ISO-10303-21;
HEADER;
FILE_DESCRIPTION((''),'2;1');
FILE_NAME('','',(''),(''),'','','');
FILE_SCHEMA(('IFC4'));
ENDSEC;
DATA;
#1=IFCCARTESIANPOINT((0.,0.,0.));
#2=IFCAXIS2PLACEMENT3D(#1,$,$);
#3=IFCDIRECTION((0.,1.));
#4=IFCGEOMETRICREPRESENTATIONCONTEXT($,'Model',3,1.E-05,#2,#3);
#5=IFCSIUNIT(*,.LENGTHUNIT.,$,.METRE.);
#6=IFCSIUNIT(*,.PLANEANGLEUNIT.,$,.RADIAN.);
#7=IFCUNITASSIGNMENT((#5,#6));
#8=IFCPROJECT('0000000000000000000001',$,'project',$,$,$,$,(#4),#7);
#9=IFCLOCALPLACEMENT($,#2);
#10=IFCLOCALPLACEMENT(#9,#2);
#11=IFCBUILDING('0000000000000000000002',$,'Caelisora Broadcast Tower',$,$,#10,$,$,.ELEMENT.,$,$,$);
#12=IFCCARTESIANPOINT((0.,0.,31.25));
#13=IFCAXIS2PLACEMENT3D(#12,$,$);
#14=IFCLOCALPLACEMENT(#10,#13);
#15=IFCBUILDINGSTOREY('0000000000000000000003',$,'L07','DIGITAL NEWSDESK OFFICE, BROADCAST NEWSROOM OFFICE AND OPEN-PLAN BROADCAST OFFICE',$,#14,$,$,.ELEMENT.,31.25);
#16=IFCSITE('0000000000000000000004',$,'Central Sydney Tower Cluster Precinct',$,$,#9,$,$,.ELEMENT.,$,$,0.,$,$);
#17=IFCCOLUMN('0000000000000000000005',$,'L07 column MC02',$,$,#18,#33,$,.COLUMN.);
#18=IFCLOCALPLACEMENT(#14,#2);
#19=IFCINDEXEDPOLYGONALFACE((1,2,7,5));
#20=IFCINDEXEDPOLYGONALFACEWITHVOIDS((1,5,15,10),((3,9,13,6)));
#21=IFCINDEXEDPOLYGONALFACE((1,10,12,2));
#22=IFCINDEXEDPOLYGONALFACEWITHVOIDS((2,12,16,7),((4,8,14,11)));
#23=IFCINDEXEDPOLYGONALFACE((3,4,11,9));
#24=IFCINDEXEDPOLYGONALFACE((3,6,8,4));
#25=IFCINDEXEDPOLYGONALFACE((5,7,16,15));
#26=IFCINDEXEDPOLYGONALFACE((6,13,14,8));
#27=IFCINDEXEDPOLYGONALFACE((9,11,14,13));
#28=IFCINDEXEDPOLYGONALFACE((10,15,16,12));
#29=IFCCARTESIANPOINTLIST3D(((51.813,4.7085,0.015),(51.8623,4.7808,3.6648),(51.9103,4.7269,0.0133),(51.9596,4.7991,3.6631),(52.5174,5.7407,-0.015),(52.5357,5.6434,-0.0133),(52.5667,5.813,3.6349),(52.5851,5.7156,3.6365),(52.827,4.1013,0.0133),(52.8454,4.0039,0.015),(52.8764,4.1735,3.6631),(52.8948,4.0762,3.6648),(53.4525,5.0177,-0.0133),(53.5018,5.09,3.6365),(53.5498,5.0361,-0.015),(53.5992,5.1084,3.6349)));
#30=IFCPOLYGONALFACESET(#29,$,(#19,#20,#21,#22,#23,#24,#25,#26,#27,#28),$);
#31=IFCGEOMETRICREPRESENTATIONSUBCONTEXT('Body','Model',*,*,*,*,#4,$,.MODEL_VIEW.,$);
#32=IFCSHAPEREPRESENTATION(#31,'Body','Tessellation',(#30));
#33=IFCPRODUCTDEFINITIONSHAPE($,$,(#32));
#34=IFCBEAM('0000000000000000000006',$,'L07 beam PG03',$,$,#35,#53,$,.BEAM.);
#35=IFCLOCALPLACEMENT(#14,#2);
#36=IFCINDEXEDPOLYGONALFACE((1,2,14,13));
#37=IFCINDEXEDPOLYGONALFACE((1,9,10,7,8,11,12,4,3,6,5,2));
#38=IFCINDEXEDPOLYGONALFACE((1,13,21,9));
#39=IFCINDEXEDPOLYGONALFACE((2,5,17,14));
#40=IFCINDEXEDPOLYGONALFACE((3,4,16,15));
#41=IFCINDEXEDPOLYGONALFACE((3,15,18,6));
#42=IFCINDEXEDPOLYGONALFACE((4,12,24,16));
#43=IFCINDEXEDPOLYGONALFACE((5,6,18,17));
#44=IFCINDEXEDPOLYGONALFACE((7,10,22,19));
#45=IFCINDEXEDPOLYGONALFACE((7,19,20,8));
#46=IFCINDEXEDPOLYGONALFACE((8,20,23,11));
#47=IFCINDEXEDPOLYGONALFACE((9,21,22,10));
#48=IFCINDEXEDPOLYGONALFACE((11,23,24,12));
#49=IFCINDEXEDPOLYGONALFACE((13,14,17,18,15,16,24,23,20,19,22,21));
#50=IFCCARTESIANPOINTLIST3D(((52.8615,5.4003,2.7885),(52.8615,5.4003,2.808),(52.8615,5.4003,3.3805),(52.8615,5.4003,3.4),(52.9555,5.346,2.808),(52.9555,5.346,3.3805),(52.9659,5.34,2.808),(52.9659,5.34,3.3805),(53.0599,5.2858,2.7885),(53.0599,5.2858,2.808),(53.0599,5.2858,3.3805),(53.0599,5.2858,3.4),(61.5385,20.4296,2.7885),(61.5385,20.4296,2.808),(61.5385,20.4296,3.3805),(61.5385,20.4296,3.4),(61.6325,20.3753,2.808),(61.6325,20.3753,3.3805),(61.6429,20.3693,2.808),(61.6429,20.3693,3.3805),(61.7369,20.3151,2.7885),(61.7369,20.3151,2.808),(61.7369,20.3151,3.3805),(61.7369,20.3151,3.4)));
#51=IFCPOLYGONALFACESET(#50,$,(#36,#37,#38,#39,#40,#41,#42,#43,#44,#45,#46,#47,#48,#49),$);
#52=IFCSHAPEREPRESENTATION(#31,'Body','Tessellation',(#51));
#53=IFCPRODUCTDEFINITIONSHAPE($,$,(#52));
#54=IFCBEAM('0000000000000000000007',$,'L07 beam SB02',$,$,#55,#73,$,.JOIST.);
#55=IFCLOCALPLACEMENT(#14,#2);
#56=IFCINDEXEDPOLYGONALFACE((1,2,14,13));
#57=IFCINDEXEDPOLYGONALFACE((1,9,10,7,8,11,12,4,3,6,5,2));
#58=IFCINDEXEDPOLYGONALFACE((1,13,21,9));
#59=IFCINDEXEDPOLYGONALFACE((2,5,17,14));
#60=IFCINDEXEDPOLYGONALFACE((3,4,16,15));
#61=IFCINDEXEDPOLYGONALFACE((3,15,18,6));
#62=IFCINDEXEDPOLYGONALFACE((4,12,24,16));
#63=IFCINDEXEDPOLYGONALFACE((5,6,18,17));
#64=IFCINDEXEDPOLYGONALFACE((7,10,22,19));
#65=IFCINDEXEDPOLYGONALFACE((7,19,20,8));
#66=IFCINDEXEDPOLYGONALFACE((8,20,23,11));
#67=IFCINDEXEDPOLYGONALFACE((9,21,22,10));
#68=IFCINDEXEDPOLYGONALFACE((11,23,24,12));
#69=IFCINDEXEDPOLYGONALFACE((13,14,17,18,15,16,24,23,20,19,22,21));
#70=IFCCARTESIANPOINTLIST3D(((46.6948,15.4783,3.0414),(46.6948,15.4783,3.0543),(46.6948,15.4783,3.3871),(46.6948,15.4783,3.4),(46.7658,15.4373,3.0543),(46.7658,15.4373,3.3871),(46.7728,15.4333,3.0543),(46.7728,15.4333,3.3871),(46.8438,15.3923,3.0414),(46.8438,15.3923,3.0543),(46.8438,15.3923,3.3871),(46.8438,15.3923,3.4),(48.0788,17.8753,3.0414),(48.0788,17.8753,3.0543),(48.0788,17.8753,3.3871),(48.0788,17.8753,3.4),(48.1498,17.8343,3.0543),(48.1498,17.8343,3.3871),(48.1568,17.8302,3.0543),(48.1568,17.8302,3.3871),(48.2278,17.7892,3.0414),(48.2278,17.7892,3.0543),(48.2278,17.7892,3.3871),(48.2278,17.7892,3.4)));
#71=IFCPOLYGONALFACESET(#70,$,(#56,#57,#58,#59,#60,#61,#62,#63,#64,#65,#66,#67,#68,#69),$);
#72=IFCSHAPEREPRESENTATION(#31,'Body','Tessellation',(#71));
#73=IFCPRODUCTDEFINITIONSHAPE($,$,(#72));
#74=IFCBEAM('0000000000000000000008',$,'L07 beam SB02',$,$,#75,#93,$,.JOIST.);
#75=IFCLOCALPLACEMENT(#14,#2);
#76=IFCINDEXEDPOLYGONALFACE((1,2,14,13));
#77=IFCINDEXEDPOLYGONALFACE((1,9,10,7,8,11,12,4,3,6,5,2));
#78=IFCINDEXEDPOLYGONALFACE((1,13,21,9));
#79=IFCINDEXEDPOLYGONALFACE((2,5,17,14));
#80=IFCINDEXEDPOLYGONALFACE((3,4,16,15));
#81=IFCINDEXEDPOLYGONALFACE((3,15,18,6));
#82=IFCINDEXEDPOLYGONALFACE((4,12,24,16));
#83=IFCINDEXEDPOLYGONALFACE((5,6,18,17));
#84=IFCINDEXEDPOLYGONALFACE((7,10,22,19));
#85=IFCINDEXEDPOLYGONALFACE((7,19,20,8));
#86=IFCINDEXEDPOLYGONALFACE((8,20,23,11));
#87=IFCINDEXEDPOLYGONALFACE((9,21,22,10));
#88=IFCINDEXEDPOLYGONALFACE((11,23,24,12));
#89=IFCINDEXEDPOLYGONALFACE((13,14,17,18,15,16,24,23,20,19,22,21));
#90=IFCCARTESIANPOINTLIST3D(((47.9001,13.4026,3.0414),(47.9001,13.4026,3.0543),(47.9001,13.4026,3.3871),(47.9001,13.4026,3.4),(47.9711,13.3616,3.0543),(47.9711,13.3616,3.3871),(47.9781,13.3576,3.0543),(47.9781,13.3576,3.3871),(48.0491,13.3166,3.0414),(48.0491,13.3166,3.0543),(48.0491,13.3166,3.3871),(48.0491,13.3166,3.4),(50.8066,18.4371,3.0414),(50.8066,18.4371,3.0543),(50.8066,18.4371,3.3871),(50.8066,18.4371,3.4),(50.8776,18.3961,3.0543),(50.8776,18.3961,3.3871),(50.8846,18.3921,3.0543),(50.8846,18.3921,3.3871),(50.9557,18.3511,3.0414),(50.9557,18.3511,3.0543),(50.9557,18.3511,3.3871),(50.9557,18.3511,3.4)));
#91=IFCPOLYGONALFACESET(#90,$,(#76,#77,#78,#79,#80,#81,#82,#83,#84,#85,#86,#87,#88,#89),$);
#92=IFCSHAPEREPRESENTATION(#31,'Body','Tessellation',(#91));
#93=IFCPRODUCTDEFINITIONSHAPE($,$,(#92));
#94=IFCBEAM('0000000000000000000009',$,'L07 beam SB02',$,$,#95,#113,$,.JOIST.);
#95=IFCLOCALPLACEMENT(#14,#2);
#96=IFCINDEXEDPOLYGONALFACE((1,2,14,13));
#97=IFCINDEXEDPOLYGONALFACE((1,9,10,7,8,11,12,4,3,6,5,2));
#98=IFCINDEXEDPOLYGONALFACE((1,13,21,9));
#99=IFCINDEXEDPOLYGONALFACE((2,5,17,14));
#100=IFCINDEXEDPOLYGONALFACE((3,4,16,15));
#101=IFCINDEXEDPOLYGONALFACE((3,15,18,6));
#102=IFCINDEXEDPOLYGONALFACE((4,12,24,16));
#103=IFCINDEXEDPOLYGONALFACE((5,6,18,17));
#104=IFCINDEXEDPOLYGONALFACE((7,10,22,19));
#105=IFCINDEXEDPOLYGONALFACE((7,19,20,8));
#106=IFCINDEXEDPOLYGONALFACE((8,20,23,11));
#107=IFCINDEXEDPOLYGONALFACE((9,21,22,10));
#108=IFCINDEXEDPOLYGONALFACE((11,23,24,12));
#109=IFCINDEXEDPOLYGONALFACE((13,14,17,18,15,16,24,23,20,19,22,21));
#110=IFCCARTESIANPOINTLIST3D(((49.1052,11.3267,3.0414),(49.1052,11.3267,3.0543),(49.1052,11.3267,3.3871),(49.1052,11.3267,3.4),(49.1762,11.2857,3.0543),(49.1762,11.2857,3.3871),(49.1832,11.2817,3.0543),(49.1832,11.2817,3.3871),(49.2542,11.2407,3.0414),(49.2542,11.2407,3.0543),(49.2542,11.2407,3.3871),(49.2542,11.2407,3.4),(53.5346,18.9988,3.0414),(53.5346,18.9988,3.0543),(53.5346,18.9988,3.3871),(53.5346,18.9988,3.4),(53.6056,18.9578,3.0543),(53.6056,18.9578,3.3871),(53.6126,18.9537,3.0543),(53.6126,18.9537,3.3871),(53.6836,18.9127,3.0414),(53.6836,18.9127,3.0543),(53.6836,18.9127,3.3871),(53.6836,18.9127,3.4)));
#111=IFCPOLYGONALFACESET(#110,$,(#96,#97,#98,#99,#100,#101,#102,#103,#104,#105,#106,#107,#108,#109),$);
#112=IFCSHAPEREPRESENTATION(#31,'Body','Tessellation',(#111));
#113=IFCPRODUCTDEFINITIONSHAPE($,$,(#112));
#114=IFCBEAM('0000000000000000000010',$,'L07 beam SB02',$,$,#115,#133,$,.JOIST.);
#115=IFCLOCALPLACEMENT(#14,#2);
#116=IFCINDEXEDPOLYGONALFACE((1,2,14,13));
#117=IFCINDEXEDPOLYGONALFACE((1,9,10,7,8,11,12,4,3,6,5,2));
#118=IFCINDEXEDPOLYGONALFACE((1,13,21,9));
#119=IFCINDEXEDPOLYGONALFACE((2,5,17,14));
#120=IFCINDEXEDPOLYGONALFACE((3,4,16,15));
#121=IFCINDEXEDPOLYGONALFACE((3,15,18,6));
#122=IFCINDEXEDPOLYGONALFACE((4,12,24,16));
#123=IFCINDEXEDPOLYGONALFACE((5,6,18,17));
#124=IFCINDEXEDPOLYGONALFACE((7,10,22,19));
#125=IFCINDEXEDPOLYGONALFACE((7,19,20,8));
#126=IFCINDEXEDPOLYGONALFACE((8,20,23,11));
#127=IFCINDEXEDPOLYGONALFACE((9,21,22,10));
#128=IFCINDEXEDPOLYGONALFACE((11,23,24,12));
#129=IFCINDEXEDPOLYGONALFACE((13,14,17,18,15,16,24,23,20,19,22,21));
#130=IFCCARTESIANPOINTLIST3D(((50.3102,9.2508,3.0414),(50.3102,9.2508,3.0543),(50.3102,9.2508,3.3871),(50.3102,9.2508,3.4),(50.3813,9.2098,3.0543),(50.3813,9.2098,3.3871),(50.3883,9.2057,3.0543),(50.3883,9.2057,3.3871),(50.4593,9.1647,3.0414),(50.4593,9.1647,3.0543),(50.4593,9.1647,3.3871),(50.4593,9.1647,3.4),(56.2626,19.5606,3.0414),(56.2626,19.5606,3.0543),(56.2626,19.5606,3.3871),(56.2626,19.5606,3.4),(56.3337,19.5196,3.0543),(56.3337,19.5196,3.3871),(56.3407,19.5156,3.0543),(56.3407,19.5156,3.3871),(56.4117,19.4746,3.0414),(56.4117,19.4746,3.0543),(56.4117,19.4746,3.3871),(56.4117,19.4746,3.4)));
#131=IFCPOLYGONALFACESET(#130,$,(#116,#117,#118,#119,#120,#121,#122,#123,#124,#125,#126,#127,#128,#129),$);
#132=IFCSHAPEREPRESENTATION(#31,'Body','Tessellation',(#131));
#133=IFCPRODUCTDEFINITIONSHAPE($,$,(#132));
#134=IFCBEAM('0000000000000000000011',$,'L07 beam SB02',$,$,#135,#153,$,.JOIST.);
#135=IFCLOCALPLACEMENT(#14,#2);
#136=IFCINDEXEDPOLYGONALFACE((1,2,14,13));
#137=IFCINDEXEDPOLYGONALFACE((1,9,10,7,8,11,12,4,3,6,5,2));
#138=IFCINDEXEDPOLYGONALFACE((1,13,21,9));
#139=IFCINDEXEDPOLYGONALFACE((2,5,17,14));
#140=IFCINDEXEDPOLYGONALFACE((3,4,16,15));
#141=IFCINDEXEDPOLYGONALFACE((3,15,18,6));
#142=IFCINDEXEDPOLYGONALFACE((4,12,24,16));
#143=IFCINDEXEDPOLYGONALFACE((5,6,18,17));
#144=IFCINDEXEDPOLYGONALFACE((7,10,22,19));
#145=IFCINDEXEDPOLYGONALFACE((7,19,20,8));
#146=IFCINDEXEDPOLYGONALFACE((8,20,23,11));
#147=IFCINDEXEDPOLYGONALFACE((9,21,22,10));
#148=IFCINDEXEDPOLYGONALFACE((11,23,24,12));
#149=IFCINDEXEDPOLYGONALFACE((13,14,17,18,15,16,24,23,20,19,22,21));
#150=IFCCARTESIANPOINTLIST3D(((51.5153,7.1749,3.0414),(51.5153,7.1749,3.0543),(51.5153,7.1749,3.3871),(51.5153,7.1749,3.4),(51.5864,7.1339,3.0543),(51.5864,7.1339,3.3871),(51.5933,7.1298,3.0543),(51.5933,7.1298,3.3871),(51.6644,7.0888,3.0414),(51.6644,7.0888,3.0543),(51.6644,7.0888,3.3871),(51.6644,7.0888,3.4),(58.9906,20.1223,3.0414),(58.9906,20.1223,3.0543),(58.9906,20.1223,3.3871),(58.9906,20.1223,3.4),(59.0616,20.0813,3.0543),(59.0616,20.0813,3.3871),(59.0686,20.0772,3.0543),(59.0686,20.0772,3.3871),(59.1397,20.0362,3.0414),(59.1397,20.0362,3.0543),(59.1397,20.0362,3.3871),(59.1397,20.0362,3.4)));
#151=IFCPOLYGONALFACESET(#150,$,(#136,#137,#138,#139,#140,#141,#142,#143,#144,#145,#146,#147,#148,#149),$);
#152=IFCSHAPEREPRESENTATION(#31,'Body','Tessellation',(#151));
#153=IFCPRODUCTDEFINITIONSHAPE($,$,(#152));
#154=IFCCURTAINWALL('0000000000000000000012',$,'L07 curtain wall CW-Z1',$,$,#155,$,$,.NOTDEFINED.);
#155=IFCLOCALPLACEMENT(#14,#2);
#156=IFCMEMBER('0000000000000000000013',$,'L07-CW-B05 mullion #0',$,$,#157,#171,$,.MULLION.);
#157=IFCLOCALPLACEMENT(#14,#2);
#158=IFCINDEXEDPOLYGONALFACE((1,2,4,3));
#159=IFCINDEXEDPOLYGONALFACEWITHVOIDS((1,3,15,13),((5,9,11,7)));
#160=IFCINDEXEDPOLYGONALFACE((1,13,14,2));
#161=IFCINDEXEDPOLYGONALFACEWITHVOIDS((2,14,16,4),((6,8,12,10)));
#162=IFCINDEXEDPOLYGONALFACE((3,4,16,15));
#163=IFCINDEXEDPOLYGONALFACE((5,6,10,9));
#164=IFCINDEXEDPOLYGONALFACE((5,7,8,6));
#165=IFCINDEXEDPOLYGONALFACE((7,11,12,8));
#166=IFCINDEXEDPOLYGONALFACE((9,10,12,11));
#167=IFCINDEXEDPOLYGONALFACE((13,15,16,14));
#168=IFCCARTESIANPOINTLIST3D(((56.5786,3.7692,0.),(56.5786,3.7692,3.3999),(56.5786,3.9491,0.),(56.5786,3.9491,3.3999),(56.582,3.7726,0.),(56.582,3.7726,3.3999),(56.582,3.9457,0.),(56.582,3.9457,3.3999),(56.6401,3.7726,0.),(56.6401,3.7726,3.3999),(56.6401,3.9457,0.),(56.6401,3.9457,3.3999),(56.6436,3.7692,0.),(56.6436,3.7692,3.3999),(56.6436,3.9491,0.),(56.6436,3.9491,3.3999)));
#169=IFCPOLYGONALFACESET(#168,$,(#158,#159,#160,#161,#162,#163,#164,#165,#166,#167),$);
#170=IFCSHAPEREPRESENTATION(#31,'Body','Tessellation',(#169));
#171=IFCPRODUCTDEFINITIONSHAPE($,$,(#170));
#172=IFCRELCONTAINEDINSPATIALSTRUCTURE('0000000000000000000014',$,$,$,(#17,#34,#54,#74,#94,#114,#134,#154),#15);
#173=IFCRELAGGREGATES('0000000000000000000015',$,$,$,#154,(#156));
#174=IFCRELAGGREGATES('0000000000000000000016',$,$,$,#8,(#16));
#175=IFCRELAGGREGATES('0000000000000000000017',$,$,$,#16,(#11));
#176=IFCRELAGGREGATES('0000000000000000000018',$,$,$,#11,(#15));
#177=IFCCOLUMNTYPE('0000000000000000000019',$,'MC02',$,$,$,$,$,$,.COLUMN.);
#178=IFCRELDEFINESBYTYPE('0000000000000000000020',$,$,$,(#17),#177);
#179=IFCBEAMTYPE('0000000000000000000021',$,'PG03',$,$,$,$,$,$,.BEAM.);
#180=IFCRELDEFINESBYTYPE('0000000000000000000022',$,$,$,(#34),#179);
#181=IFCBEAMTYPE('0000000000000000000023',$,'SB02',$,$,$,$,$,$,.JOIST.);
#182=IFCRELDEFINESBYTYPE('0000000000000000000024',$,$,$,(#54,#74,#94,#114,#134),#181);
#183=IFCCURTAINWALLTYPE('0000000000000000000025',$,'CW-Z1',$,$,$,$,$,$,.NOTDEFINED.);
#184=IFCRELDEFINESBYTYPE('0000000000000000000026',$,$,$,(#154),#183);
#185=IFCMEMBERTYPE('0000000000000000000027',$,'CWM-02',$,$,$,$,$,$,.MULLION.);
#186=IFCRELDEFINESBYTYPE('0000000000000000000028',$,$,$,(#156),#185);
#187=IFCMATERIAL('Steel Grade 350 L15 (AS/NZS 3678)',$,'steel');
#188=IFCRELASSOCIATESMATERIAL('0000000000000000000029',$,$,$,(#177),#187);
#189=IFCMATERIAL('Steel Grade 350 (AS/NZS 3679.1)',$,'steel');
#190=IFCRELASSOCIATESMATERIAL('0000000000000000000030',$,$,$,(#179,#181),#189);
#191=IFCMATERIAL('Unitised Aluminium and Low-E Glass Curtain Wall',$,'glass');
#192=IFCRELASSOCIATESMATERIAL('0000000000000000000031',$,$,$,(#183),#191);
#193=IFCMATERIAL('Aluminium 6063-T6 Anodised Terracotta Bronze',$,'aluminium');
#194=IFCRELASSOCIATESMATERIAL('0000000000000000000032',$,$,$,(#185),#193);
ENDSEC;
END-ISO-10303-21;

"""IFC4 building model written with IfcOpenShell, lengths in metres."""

from ifc_helpers import new_model, si_unit, direction, frame, origin, origin_2d, place, context, subcontext, project, spatial, hollow_rectangle, i_section, extrude, source, transform, mapped, material, material_profile, profile_set, type_object, type_shapes, element, aggregate, save


model = new_model("IFC4")

# Units and contexts
model_context = context("Model", 3, precision=1e-05, world=origin(), true_north=direction((0.0, 1.0)))
body_context = subcontext(model_context, "Body", "Model", "MODEL_VIEW")
ifc_project = project(units=[si_unit("LENGTHUNIT", "METRE"), si_unit("PLANEANGLEUNIT", "RADIAN")], contexts=[model_context])

# Site, building, storey
site_placement = place(None, origin())
site = spatial("IfcSite", under=ifc_project, at=site_placement, Name="Central Sydney Tower Cluster Precinct", CompositionType="ELEMENT", RefElevation=0.0)
building_placement = place(site_placement, origin())
building = spatial("IfcBuilding", under=site, at=building_placement, Name="Caelisora Broadcast Tower", CompositionType="ELEMENT")
storey_placement = place(building_placement, frame((0.0, 0.0, 31.25)))
storey = spatial("IfcBuildingStorey", under=building, at=storey_placement, Name="L07", Description="DIGITAL NEWSDESK OFFICE, BROADCAST NEWSROOM OFFICE AND OPEN-PLAN BROADCAST OFFICE", CompositionType="ELEMENT", Elevation=31.25)

# Column
ifc_material_1 = material(Name="Steel Grade 350 L15 (AS/NZS 3678)", Category="steel")
ifc_material_profile_1 = material_profile(ifc_material_1, hollow_rectangle(XDim=1.25, YDim=1.25, WallThickness=0.0701, at=origin_2d()), Name="Steel Grade 350 L15 (AS/NZS 3678)")
ifc_profile_set_1 = profile_set([ifc_material_profile_1], Name="Steel Grade 350 L15 (AS/NZS 3678)")
column_type = type_object("IfcColumnType", Name="MC02", PredefinedType="COLUMN", material=ifc_profile_set_1)
shared_shape_1 = source(origin(), body_context, "Body", "SweptSolid", [
    extrude(hollow_rectangle(XDim=1.25, YDim=1.25, WallThickness=0.0701, at=origin_2d()), origin(), (0.0, 0.0, 1.0), 3.6509),
])
type_shapes(column_type, [shared_shape_1])
column_placement = place(storey_placement, frame((52.6814, 4.8723, 0.0), z_axis=(0.013508, 0.019794, 0.999713), x_axis=(-0.825991, 0.563683, 0.0)))
element("IfcColumn", 1, at=column_placement, inside=storey, type_object=column_type, Name="L07 column MC02", PredefinedType="COLUMN", context=body_context, shape_type="MappedRepresentation", body=[
    mapped(shared_shape_1, transform((0.0, 0.0, 0.0), scale=1.0)),
])

# Beams
ifc_material_2 = material(Name="Steel Grade 350 (AS/NZS 3679.1)", Category="steel")
ifc_material_profile_2 = material_profile(ifc_material_2, i_section(OverallWidth=0.229, OverallDepth=0.6116, WebThickness=0.012, FlangeThickness=0.0195, at=origin_2d()), Name="Steel Grade 350 (AS/NZS 3679.1)")
ifc_profile_set_2 = profile_set([ifc_material_profile_2], Name="Steel Grade 350 (AS/NZS 3679.1)")
beam_type_1 = type_object("IfcBeamType", Name="PG03", PredefinedType="BEAM", material=ifc_profile_set_2)
shared_shape_2 = source(origin(), body_context, "Body", "SweptSolid", [
    extrude(i_section(OverallWidth=0.229, OverallDepth=0.6116, WebThickness=0.012, FlangeThickness=0.0195, at=origin_2d()), origin(), (0.0, 0.0, 1.0), 17.3542),
])
type_shapes(beam_type_1, [shared_shape_2])
beam_1_placement = place(storey_placement, frame((52.9607, 5.343, 3.0942), z_axis=(0.499993, 0.86603, 0.0), x_axis=(-0.86603, 0.499993, 0.0)))
element("IfcBeam", 2, at=beam_1_placement, inside=storey, type_object=beam_type_1, Name="L07 beam PG03", PredefinedType="BEAM", context=body_context, shape_type="MappedRepresentation", body=[
    mapped(shared_shape_2, transform((0.0, 0.0, 0.0), scale=1.0)),
])
ifc_material_profile_3 = material_profile(ifc_material_2, i_section(OverallWidth=0.1721, OverallDepth=0.3586, WebThickness=0.0081, FlangeThickness=0.0129, at=origin_2d()), Name="Steel Grade 350 (AS/NZS 3679.1)")
ifc_profile_set_3 = profile_set([ifc_material_profile_3], Name="Steel Grade 350 (AS/NZS 3679.1)")
beam_type_2 = type_object("IfcBeamType", Name="SB02", PredefinedType="JOIST", material=ifc_profile_set_3)
shared_shape_3 = source(origin(), body_context, "Body", "SweptSolid", [
    extrude(i_section(OverallWidth=0.1721, OverallDepth=0.3586, WebThickness=0.0081, FlangeThickness=0.0129, at=origin_2d()), origin(), (0.0, 0.0, 1.0), 2.7678),
])
beam_2_placement = place(storey_placement, frame((46.7693, 15.4353, 3.2207), z_axis=(0.500038, 0.866003, 0.0), x_axis=(-0.866003, 0.500038, 0.0)))
element("IfcBeam", 3, at=beam_2_placement, inside=storey, type_object=beam_type_2, Name="L07 beam SB02", PredefinedType="JOIST", context=body_context, shape_type="MappedRepresentation", body=[
    mapped(shared_shape_3, transform((0.0, 0.0, 0.0), scale=1.0)),
])
shared_shape_4 = source(origin(), body_context, "Body", "SweptSolid", [
    extrude(i_section(OverallWidth=0.1721, OverallDepth=0.3586, WebThickness=0.0081, FlangeThickness=0.0129, at=origin_2d()), origin(), (0.0, 0.0, 1.0), 5.8132),
])
beam_3_placement = place(storey_placement, frame((47.9746, 13.3596, 3.2207), z_axis=(0.499983, 0.866035, 0.0), x_axis=(-0.866035, 0.499983, 0.0)))
element("IfcBeam", 4, at=beam_3_placement, inside=storey, type_object=beam_type_2, Name="L07 beam SB02", PredefinedType="JOIST", context=body_context, shape_type="MappedRepresentation", body=[
    mapped(shared_shape_4, transform((0.0, 0.0, 0.0), scale=1.0)),
])
shared_shape_5 = source(origin(), body_context, "Body", "SweptSolid", [
    extrude(i_section(OverallWidth=0.1721, OverallDepth=0.3586, WebThickness=0.0081, FlangeThickness=0.0129, at=origin_2d()), origin(), (0.0, 0.0, 1.0), 8.8589),
])
beam_4_placement = place(storey_placement, frame((49.1797, 11.2837, 3.2207), z_axis=(0.499995, 0.866028, 0.0), x_axis=(-0.866028, 0.499995, 0.0)))
element("IfcBeam", 5, at=beam_4_placement, inside=storey, type_object=beam_type_2, Name="L07 beam SB02", PredefinedType="JOIST", context=body_context, shape_type="MappedRepresentation", body=[
    mapped(shared_shape_5, transform((0.0, 0.0, 0.0), scale=1.0)),
])
shared_shape_6 = source(origin(), body_context, "Body", "SweptSolid", [
    extrude(i_section(OverallWidth=0.1721, OverallDepth=0.3586, WebThickness=0.0081, FlangeThickness=0.0129, at=origin_2d()), origin(), (0.0, 0.0, 1.0), 11.9048),
])
beam_5_placement = place(storey_placement, frame((50.3848, 9.2078, 3.2207), z_axis=(0.500001, 0.866025, 0.0), x_axis=(-0.866025, 0.500001, 0.0)))
element("IfcBeam", 6, at=beam_5_placement, inside=storey, type_object=beam_type_2, Name="L07 beam SB02", PredefinedType="JOIST", context=body_context, shape_type="MappedRepresentation", body=[
    mapped(shared_shape_6, transform((0.0, 0.0, 0.0), scale=1.0)),
])
shared_shape_7 = source(origin(), body_context, "Body", "SweptSolid", [
    extrude(i_section(OverallWidth=0.1721, OverallDepth=0.3586, WebThickness=0.0081, FlangeThickness=0.0129, at=origin_2d()), origin(), (0.0, 0.0, 1.0), 14.9504),
])
type_shapes(beam_type_2, [shared_shape_3, shared_shape_4, shared_shape_5, shared_shape_6, shared_shape_7])
beam_6_placement = place(storey_placement, frame((51.5898, 7.1318, 3.2207), z_axis=(0.500005, 0.866023, 0.0), x_axis=(-0.866023, 0.500005, 0.0)))
element("IfcBeam", 7, at=beam_6_placement, inside=storey, type_object=beam_type_2, Name="L07 beam SB02", PredefinedType="JOIST", context=body_context, shape_type="MappedRepresentation", body=[
    mapped(shared_shape_7, transform((0.0, 0.0, 0.0), scale=1.0)),
])

# Curtain wall, member
ifc_material_3 = material(Name="Unitised Aluminium and Low-E Glass Curtain Wall", Category="glass")
curtain_wall_type = type_object("IfcCurtainWallType", Name="CW-Z1", PredefinedType="NOTDEFINED", material=ifc_material_3)
curtain_wall_placement = place(storey_placement, origin())
curtain_wall = element("IfcCurtainWall", 8, at=curtain_wall_placement, inside=storey, type_object=curtain_wall_type, Name="L07 curtain wall CW-Z1", PredefinedType="NOTDEFINED")
ifc_material_4 = material(Name="Aluminium 6063-T6 Anodised Terracotta Bronze", Category="aluminium")
ifc_material_profile_4 = material_profile(ifc_material_4, hollow_rectangle(XDim=0.0649, YDim=0.1799, WallThickness=0.0034, at=origin_2d()), Name="Aluminium 6063-T6 Anodised Terracotta Bronze")
ifc_profile_set_4 = profile_set([ifc_material_profile_4], Name="Aluminium 6063-T6 Anodised Terracotta Bronze")
member_type_1 = type_object("IfcMemberType", Name="CWM-02", PredefinedType="MULLION", material=ifc_profile_set_4)
shared_shape_8 = source(origin(), body_context, "Body", "SweptSolid", [
    extrude(hollow_rectangle(XDim=0.0649, YDim=0.1799, WallThickness=0.0034, at=origin_2d()), origin(), (0.0, 0.0, 1.0), 3.3999),
])
type_shapes(member_type_1, [shared_shape_8])
member_1_placement = place(storey_placement, frame((56.6111, 3.8591, 0.0), z_axis=(0.0, 0.0, 1.0), x_axis=(1.0, 0.0, 0.0)))
member_1 = element("IfcMember", 9, at=member_1_placement, type_object=member_type_1, Name="L07-CW-B05 mullion #0", PredefinedType="MULLION", context=body_context, shape_type="MappedRepresentation", body=[
    mapped(shared_shape_8, transform((0.0, 0.0, 0.0), scale=1.0)),
])
aggregate(curtain_wall, [member_1])

save(model, "model.ifc")
